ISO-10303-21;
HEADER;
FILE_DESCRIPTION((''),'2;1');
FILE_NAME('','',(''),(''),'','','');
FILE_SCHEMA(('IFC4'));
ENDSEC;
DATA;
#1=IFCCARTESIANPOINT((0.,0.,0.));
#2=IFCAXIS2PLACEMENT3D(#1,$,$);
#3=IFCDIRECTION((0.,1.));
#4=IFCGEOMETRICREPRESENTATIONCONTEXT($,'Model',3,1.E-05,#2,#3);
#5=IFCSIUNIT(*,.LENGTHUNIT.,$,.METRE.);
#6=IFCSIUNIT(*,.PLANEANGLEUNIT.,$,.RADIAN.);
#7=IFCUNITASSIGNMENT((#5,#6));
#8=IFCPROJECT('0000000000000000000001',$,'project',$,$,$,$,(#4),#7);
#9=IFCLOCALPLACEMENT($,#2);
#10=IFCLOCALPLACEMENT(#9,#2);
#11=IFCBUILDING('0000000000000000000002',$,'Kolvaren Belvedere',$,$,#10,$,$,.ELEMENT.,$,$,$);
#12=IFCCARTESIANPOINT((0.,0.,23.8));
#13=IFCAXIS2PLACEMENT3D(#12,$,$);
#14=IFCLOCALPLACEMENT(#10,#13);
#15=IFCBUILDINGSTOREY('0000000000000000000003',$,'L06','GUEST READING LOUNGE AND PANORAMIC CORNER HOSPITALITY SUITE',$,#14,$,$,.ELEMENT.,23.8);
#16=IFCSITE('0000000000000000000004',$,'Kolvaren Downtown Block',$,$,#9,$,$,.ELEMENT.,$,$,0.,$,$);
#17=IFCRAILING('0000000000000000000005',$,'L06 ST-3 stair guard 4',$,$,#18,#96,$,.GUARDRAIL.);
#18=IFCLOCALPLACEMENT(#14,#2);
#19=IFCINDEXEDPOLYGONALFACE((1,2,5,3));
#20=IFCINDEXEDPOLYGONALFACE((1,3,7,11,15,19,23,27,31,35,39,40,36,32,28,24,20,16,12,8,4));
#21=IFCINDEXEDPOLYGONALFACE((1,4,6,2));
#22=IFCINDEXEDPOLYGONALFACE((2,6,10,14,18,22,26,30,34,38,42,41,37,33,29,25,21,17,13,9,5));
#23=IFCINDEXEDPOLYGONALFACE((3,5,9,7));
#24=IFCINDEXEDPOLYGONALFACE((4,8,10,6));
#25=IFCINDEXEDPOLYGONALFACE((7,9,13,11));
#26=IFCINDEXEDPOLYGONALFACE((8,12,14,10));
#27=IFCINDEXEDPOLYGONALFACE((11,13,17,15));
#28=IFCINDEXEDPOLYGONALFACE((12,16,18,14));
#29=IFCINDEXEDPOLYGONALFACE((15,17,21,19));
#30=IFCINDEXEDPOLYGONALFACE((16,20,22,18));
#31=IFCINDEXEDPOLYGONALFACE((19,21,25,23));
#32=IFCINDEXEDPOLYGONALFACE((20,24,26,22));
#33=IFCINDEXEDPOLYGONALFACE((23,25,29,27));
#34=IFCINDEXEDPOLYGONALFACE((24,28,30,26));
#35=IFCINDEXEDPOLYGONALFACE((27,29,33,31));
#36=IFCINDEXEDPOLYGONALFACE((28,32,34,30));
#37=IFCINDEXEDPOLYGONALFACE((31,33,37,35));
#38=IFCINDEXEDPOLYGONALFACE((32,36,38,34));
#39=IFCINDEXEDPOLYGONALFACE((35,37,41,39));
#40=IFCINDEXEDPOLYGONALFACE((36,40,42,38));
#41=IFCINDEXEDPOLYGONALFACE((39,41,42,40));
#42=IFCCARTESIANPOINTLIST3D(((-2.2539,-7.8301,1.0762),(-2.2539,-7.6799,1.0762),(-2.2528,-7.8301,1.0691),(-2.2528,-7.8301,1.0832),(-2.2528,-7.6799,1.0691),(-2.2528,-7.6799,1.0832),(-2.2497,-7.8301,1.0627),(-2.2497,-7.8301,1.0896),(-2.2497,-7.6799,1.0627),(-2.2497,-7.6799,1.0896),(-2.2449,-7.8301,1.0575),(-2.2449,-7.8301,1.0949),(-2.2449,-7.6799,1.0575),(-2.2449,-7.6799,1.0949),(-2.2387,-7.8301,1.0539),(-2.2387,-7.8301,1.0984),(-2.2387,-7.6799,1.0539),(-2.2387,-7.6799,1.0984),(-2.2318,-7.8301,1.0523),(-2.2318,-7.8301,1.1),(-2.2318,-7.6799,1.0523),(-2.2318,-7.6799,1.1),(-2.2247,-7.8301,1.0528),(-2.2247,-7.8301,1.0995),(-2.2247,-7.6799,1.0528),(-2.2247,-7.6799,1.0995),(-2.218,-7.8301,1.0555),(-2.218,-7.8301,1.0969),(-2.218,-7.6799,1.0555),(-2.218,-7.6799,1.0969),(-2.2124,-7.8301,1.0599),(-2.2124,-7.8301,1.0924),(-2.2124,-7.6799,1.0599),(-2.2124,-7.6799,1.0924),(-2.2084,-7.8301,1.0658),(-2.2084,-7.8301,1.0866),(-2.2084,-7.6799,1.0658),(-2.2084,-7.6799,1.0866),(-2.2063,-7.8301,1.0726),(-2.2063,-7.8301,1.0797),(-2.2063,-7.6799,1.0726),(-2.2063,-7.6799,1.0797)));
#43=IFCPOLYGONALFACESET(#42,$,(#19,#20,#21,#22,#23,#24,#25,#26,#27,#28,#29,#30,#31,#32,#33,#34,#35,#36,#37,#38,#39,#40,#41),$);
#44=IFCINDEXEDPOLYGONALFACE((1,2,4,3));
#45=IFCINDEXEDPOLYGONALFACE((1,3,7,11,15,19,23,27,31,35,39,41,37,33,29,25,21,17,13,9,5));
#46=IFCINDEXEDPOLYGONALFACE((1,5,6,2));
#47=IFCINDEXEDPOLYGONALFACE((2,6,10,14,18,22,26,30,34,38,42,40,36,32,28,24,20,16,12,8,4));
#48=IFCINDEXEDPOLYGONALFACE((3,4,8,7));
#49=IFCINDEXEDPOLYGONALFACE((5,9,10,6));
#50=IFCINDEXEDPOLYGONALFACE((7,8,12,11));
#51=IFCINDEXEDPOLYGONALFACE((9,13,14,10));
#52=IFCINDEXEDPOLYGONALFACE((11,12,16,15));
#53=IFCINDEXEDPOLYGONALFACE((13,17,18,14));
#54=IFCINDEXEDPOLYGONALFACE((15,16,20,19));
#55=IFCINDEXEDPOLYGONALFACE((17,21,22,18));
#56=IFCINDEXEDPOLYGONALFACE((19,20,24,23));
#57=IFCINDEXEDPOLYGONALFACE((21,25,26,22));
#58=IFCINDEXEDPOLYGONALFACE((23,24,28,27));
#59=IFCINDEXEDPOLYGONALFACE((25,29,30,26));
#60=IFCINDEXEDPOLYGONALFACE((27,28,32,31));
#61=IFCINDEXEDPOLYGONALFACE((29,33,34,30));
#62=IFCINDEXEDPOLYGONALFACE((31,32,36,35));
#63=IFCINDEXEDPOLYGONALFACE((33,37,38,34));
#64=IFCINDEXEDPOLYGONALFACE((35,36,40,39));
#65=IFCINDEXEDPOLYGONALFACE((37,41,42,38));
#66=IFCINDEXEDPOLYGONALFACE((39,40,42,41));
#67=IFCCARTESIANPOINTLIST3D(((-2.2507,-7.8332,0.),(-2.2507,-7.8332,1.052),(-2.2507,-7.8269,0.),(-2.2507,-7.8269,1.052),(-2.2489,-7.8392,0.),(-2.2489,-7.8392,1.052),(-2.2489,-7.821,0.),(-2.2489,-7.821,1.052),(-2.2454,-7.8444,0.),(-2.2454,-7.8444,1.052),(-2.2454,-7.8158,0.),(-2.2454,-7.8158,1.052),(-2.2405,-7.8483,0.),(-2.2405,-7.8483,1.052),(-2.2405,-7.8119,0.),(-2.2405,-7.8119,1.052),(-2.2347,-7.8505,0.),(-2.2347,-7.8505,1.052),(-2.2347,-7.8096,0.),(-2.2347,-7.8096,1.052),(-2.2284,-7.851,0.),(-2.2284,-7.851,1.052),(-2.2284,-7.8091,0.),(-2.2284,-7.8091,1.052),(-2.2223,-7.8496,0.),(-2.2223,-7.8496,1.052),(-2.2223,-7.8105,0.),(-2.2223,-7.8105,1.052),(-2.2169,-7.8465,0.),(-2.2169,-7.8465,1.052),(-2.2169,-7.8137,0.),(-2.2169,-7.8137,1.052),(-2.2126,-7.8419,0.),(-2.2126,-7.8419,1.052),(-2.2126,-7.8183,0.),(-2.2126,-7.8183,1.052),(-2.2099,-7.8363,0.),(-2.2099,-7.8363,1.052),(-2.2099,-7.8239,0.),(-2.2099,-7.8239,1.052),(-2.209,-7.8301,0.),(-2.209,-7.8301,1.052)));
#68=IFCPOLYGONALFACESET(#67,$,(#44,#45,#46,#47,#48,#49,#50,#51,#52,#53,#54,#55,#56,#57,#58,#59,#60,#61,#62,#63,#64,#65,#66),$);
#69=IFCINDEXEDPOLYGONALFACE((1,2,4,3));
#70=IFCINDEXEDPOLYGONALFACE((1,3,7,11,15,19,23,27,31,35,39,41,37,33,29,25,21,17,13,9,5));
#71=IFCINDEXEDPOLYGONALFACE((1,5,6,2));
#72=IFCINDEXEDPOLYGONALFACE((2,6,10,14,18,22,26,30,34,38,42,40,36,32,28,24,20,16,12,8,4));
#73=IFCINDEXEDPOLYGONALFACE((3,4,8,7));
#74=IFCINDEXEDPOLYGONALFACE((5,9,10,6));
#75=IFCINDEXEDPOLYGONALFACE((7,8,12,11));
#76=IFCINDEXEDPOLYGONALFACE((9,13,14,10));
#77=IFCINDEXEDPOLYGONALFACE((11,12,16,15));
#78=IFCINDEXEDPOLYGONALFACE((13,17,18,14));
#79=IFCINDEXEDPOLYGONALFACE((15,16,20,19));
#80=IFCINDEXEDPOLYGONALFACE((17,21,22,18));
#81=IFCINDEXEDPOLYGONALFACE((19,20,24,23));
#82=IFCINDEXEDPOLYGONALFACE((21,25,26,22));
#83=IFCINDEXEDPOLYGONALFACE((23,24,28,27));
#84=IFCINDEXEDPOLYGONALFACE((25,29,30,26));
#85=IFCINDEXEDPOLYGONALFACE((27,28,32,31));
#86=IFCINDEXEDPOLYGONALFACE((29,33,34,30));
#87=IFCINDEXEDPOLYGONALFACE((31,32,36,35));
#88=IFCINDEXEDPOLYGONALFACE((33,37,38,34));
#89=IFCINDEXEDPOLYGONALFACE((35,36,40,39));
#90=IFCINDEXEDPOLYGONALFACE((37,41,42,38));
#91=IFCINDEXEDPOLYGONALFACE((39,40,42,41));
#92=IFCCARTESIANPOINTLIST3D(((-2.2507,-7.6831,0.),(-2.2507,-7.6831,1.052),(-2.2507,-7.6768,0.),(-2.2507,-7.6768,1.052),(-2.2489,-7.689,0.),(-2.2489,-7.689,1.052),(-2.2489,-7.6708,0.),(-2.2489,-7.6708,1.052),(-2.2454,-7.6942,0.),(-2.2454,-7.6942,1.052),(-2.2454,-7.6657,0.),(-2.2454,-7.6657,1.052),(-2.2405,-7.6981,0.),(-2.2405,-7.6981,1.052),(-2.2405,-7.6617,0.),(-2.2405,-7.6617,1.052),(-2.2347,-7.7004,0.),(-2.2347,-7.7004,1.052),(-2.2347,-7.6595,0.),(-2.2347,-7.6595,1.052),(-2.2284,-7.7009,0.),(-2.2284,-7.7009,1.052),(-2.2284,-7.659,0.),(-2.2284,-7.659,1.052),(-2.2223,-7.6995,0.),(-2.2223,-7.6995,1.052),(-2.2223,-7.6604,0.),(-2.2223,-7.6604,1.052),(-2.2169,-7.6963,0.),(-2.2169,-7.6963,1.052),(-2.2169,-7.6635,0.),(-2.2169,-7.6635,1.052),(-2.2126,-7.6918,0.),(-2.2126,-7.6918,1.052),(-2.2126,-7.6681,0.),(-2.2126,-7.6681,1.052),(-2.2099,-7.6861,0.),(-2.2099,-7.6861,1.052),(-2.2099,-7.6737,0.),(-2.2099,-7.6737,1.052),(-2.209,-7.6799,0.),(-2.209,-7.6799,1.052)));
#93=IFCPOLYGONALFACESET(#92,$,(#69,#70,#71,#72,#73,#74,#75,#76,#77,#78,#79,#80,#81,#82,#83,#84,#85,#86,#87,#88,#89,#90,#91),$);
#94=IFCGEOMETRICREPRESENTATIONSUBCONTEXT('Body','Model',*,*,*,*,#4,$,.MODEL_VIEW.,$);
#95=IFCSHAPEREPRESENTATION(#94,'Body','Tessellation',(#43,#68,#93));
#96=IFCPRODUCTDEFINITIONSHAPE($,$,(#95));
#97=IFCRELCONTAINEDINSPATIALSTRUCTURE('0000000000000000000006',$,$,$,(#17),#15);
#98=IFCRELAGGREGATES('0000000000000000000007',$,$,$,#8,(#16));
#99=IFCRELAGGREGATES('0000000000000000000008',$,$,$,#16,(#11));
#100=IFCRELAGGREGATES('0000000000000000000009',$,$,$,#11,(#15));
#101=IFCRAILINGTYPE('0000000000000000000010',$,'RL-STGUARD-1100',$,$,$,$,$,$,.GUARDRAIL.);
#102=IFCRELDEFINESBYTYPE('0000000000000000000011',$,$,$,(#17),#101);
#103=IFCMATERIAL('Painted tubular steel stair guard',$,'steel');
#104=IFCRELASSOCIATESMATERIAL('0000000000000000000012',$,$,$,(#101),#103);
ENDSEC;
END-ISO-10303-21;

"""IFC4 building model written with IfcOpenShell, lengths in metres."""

from ifc_helpers import new_model, si_unit, direction, frame, origin, origin_2d, place, context, subcontext, project, spatial, circle, extrude, material, type_object, element, save


model = new_model("IFC4")

# Units and contexts
model_context = context("Model", 3, precision=1e-05, world=origin(), true_north=direction((0.0, 1.0)))
body_context = subcontext(model_context, "Body", "Model", "MODEL_VIEW")
ifc_project = project(units=[si_unit("LENGTHUNIT", "METRE"), si_unit("PLANEANGLEUNIT", "RADIAN")], contexts=[model_context])

# Site, building, storey
site_placement = place(None, origin())
site = spatial("IfcSite", under=ifc_project, at=site_placement, Name="Kolvaren Downtown Block", CompositionType="ELEMENT", RefElevation=0.0)
building_placement = place(site_placement, origin())
building = spatial("IfcBuilding", under=site, at=building_placement, Name="Kolvaren Belvedere", CompositionType="ELEMENT")
storey_placement = place(building_placement, frame((0.0, 0.0, 23.8)))
storey = spatial("IfcBuildingStorey", under=building, at=storey_placement, Name="L06", Description="GUEST READING LOUNGE AND PANORAMIC CORNER HOSPITALITY SUITE", CompositionType="ELEMENT", Elevation=23.8)

# Railing
ifc_material_1 = material(Name="Painted tubular steel stair guard", Category="steel")
railing_type_1 = type_object("IfcRailingType", Name="RL-STGUARD-1100", PredefinedType="GUARDRAIL", material=ifc_material_1)
railing_1_placement = place(storey_placement, frame((-2.23, -7.8301, 0.0)))
element("IfcRailing", 1, at=railing_1_placement, inside=storey, type_object=railing_type_1, Name="L06 ST-3 stair guard 4", PredefinedType="GUARDRAIL", context=body_context, shape_type="SweptSolid", body=[
    extrude(circle(Radius=0.0239, at=origin_2d()), frame((0.0, 0.0, 1.0762), z_axis=(0.0, 1.0, 0.0), x_axis=(-1.0, 0.0, 0.0)), (0.0, 0.0, 1.0), 0.1501),
    extrude(circle(Radius=0.021, at=origin_2d()), origin(), (0.0, 0.0, 1.0), 1.052),
    extrude(circle(Radius=0.021, at=origin_2d()), frame((0.0, 0.1501, 0.0)), (0.0, 0.0, 1.0), 1.052),
])

save(model, "model.ifc")
